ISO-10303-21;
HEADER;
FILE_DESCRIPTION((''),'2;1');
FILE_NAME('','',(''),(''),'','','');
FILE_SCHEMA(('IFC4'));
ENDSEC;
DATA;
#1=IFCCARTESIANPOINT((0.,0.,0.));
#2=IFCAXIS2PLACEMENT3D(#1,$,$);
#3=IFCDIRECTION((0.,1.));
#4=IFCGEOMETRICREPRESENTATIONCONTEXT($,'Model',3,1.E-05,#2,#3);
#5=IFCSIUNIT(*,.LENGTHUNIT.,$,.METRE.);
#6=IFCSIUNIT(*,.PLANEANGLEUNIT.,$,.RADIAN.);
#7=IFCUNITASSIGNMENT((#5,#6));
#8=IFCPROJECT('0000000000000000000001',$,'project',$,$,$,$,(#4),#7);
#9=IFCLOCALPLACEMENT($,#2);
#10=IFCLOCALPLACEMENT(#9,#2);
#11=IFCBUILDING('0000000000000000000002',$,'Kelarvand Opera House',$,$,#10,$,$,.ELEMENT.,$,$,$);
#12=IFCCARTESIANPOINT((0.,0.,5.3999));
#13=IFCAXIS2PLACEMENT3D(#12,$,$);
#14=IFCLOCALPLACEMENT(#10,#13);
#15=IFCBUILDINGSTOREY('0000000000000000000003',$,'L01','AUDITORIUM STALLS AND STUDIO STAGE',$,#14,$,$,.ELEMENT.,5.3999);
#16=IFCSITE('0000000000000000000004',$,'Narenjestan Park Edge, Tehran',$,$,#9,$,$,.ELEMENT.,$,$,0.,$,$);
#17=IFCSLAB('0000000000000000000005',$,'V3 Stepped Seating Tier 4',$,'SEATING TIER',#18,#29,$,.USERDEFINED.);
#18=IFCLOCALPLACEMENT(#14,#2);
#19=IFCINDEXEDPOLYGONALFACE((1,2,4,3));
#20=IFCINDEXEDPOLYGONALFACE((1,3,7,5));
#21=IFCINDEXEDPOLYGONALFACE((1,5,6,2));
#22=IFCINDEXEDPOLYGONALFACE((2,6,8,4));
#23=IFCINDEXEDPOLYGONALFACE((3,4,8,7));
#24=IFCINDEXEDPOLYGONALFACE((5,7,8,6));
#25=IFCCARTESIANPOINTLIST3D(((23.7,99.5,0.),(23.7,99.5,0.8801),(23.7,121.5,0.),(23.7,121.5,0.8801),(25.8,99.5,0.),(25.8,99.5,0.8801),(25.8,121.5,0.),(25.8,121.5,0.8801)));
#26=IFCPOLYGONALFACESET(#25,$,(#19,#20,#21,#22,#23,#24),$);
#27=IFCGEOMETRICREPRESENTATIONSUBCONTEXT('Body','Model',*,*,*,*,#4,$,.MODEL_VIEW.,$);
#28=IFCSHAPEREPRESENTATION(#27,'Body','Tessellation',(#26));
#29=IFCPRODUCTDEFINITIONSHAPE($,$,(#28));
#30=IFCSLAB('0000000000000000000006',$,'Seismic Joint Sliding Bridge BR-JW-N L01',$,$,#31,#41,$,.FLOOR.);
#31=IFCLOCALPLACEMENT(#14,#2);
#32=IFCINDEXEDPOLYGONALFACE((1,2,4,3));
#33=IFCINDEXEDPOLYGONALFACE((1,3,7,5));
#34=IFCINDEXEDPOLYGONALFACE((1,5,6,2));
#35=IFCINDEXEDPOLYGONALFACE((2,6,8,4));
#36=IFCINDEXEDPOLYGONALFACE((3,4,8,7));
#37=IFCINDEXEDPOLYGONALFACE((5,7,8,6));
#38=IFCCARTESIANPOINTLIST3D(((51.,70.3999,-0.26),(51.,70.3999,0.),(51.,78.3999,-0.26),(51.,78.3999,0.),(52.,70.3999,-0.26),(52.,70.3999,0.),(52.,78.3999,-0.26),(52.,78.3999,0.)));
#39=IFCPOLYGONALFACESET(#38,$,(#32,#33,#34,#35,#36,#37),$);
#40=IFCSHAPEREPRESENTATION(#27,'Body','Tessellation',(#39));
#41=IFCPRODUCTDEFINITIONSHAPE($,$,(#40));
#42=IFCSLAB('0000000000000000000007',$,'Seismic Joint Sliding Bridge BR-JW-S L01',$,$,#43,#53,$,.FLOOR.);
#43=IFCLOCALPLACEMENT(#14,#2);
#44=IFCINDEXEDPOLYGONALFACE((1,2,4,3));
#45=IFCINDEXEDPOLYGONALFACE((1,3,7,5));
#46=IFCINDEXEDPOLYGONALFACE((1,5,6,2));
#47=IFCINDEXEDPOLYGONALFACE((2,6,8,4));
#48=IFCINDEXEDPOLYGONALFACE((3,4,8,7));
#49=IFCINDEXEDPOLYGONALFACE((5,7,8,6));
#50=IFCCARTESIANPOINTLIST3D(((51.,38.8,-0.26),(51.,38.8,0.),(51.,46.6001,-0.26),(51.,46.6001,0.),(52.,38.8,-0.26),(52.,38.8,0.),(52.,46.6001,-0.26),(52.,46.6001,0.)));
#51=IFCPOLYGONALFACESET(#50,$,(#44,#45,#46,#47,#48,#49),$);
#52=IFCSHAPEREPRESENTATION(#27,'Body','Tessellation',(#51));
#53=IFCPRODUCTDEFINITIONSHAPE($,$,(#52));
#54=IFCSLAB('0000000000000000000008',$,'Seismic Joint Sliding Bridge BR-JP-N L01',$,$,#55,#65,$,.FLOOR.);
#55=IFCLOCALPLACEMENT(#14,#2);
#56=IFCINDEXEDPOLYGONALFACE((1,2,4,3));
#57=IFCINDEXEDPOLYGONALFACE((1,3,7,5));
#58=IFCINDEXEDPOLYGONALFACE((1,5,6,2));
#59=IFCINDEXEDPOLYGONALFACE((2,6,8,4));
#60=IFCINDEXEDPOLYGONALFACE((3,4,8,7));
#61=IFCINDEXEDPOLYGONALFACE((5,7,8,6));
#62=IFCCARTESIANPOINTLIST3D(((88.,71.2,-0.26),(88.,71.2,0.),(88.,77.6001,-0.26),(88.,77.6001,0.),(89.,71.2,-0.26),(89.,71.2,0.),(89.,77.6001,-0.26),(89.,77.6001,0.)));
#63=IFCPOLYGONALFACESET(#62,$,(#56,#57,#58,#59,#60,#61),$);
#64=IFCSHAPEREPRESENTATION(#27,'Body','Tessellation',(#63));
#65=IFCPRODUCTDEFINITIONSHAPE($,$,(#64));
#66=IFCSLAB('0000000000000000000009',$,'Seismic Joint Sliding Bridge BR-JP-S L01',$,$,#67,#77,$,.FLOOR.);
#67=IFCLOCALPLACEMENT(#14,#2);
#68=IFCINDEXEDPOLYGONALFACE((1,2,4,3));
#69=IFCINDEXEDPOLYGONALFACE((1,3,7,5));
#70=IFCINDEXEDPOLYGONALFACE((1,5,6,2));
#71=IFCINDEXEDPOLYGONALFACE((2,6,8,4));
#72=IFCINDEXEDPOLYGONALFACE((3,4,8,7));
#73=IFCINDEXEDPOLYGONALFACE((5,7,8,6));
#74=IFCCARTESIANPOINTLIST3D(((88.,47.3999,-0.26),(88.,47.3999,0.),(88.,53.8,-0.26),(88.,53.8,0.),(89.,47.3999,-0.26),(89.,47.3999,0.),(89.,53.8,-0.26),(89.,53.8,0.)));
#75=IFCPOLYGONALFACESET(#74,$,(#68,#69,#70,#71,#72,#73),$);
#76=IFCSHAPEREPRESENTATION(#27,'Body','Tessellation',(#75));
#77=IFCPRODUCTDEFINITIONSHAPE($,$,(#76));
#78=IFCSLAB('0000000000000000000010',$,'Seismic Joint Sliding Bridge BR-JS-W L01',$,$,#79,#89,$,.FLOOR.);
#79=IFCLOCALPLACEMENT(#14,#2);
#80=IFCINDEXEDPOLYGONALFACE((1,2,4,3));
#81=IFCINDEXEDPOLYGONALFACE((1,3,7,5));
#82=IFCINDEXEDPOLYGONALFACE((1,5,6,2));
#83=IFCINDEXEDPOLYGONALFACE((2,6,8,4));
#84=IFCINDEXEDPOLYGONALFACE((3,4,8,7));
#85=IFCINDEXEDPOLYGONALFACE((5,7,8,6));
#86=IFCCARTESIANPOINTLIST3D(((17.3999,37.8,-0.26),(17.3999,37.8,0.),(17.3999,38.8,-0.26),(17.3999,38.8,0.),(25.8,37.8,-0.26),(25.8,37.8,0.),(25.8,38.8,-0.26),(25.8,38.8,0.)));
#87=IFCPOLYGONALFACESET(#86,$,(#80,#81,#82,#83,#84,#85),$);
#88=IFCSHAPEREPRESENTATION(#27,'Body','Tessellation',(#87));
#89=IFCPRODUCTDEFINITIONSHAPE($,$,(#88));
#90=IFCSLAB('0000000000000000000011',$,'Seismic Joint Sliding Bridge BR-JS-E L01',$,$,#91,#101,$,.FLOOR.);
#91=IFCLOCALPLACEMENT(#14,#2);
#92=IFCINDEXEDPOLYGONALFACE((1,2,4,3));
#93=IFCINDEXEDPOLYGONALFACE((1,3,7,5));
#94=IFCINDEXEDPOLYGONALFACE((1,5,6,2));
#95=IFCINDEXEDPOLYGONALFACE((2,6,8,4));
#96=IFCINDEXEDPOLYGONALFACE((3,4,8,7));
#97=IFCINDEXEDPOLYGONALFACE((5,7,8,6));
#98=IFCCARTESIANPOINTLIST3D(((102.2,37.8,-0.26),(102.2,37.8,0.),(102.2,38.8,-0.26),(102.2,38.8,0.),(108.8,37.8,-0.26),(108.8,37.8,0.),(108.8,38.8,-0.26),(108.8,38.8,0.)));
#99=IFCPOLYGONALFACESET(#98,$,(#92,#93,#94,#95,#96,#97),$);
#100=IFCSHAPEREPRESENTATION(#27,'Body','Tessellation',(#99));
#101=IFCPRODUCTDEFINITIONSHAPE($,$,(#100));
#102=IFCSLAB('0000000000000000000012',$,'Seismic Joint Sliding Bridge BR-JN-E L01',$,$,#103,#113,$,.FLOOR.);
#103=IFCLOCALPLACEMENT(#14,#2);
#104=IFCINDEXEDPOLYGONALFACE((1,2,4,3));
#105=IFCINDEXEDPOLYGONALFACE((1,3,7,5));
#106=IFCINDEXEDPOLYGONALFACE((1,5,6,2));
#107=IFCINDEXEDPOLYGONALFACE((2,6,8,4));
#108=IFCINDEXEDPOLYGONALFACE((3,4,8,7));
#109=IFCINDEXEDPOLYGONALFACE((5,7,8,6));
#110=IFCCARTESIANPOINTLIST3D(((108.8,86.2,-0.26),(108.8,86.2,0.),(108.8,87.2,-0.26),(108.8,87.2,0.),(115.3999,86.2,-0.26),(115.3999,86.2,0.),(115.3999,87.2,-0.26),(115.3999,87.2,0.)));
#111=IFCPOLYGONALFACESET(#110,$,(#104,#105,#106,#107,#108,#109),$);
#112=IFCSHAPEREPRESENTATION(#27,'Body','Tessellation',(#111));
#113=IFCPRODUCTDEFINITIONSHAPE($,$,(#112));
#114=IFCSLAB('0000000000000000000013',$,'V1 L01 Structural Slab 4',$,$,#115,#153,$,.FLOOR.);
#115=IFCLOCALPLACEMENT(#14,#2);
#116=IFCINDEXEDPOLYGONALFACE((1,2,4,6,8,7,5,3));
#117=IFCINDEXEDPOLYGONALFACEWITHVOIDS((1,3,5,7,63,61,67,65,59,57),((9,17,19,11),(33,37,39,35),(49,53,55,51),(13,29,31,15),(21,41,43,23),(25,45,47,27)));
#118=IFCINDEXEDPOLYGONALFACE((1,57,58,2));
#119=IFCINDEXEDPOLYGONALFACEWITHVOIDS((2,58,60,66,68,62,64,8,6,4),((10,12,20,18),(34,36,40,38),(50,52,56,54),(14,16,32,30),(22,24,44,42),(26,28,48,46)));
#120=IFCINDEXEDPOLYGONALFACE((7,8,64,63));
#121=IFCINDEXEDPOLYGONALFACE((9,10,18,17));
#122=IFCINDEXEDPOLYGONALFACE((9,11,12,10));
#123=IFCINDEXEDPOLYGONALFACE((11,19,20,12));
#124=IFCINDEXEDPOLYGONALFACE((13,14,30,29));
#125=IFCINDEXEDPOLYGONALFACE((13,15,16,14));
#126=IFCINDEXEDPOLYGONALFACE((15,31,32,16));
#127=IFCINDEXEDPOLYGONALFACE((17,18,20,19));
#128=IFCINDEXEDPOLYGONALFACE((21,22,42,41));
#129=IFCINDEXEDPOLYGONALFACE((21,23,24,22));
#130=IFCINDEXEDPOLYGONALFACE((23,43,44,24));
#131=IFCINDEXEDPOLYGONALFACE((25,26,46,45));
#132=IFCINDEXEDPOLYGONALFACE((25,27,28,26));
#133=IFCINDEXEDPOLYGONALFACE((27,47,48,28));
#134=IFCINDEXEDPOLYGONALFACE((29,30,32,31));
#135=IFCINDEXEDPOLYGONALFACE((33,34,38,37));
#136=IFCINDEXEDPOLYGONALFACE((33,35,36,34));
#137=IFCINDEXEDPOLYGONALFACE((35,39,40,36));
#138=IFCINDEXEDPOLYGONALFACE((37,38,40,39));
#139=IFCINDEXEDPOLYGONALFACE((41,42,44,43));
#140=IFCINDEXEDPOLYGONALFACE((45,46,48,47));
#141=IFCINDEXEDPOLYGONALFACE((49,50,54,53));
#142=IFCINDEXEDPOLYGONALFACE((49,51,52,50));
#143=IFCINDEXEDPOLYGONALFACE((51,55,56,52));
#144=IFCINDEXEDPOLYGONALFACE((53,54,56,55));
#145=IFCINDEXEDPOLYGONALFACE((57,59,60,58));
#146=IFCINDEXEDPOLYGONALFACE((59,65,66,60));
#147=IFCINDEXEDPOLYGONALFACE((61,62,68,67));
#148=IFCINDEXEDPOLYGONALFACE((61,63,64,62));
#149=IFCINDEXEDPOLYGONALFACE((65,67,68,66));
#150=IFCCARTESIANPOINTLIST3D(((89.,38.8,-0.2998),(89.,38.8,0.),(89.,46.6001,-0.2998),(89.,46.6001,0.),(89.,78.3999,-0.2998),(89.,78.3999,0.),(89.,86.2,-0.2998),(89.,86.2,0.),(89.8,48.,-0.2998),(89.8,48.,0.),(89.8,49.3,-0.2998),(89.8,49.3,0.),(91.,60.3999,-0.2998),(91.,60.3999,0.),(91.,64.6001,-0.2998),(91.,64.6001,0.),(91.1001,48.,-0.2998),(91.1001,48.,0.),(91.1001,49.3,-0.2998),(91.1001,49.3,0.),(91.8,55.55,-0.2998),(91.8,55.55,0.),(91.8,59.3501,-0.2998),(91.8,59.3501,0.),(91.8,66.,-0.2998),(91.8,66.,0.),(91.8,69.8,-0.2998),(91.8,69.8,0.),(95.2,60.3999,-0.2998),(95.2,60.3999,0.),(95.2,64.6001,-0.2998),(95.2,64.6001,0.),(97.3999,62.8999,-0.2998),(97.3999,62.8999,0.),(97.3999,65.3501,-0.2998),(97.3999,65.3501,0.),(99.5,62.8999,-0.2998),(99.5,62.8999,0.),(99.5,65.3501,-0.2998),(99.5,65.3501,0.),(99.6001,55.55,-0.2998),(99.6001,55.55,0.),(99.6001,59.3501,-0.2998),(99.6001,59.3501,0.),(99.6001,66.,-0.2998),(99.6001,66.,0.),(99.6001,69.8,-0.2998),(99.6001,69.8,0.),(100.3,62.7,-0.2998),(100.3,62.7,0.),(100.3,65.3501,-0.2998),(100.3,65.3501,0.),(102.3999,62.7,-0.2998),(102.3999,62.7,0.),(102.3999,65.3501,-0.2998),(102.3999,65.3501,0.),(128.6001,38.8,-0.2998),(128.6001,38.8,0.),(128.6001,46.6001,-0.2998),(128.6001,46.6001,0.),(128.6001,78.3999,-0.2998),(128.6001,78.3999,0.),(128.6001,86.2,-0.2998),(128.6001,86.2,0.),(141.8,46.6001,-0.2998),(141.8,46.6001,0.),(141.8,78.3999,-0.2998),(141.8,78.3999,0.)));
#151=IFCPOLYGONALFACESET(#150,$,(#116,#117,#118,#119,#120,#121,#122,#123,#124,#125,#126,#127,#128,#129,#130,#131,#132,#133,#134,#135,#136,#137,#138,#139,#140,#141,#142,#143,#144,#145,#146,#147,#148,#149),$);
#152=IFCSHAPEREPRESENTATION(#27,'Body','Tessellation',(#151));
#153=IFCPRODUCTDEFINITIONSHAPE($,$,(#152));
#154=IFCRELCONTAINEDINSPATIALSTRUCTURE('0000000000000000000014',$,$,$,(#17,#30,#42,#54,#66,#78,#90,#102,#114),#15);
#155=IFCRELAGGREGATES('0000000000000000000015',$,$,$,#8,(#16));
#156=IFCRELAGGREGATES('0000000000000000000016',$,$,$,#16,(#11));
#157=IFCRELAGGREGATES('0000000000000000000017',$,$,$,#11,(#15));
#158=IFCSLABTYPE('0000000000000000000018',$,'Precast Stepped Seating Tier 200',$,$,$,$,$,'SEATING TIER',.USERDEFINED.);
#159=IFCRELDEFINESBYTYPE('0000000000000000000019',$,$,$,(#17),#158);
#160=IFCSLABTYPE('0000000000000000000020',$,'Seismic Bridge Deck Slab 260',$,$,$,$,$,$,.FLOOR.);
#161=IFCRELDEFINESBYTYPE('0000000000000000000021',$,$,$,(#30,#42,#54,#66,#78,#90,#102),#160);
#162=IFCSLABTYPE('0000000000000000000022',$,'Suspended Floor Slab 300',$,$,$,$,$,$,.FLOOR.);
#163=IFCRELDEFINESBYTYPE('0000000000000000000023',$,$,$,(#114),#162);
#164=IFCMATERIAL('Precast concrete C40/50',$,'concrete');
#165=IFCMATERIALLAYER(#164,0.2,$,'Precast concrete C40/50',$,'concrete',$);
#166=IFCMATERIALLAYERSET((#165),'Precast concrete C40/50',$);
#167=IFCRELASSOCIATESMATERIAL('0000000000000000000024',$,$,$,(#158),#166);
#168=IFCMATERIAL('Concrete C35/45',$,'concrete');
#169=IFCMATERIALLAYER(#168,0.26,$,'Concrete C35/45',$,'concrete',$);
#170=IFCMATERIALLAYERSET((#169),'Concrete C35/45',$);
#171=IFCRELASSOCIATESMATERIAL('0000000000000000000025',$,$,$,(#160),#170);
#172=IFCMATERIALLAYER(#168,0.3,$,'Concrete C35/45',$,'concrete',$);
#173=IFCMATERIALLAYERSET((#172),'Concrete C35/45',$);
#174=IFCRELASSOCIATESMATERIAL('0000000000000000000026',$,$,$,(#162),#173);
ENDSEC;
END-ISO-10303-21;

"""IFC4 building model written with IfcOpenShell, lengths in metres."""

from ifc_helpers import new_model, si_unit, direction, frame, origin, place, context, subcontext, project, spatial, polyline, outline, extrude, material, layer, layer_set, type_object, element, save


model = new_model("IFC4")

# Units and contexts
model_context = context("Model", 3, precision=1e-05, world=origin(), true_north=direction((0.0, 1.0)))
body_context = subcontext(model_context, "Body", "Model", "MODEL_VIEW")
ifc_project = project(units=[si_unit("LENGTHUNIT", "METRE"), si_unit("PLANEANGLEUNIT", "RADIAN")], contexts=[model_context])

# Site, building, storey
site_placement = place(None, origin())
site = spatial("IfcSite", under=ifc_project, at=site_placement, Name="Narenjestan Park Edge, Tehran", CompositionType="ELEMENT", RefElevation=0.0)
building_placement = place(site_placement, origin())
building = spatial("IfcBuilding", under=site, at=building_placement, Name="Kelarvand Opera House", CompositionType="ELEMENT")
storey_placement = place(building_placement, frame((0.0, 0.0, 5.3999)))
storey = spatial("IfcBuildingStorey", under=building, at=storey_placement, Name="L01", Description="AUDITORIUM STALLS AND STUDIO STAGE", CompositionType="ELEMENT", Elevation=5.3999)

# Shared definitions
ifc_material_1 = material(Name="Concrete C35/45", Category="concrete")

# Slabs
ifc_material_2 = material(Name="Precast concrete C40/50", Category="concrete")
ifc_layer_1 = layer(ifc_material_2, 0.2, Name="Precast concrete C40/50", Category="concrete")
ifc_layer_set_1 = layer_set([ifc_layer_1], Name="Precast concrete C40/50")
slab_type_1 = type_object("IfcSlabType", Name="Precast Stepped Seating Tier 200", ElementType="SEATING TIER", PredefinedType="USERDEFINED", material=ifc_layer_set_1)
slab_1_placement = place(storey_placement, origin())
element("IfcSlab", 1, at=slab_1_placement, inside=storey, type_object=slab_type_1, Name="V3 Stepped Seating Tier 4", ObjectType="SEATING TIER", PredefinedType="USERDEFINED", context=body_context, shape_type="SweptSolid", body=[
    extrude(outline(polyline([(23.7, 99.5), (25.8, 99.5), (25.8, 121.5), (23.7, 121.5), (23.7, 99.5)])), origin(), (0.0, 0.0, 1.0), 0.8801),
])
ifc_layer_2 = layer(ifc_material_1, 0.26, Name="Concrete C35/45", Category="concrete")
ifc_layer_set_2 = layer_set([ifc_layer_2], Name="Concrete C35/45")
slab_type_2 = type_object("IfcSlabType", Name="Seismic Bridge Deck Slab 260", PredefinedType="FLOOR", material=ifc_layer_set_2)
slab_2_placement = place(storey_placement, frame((0.0, 0.0, -0.26)))
element("IfcSlab", 2, at=slab_2_placement, inside=storey, type_object=slab_type_2, Name="Seismic Joint Sliding Bridge BR-JW-N L01", PredefinedType="FLOOR", context=body_context, shape_type="SweptSolid", body=[
    extrude(outline(polyline([(51.0, 70.3999), (52.0, 70.3999), (52.0, 78.3999), (51.0, 78.3999), (51.0, 70.3999)])), origin(), (0.0, 0.0, 1.0), 0.26),
])
slab_3_placement = place(storey_placement, frame((0.0, 0.0, -0.26)))
element("IfcSlab", 3, at=slab_3_placement, inside=storey, type_object=slab_type_2, Name="Seismic Joint Sliding Bridge BR-JW-S L01", PredefinedType="FLOOR", context=body_context, shape_type="SweptSolid", body=[
    extrude(outline(polyline([(51.0, 38.8), (52.0, 38.8), (52.0, 46.6001), (51.0, 46.6001), (51.0, 38.8)])), origin(), (0.0, 0.0, 1.0), 0.26),
])
slab_4_placement = place(storey_placement, frame((0.0, 0.0, -0.26)))
element("IfcSlab", 4, at=slab_4_placement, inside=storey, type_object=slab_type_2, Name="Seismic Joint Sliding Bridge BR-JP-N L01", PredefinedType="FLOOR", context=body_context, shape_type="SweptSolid", body=[
    extrude(outline(polyline([(88.0, 71.2), (89.0, 71.2), (89.0, 77.6001), (88.0, 77.6001), (88.0, 71.2)])), origin(), (0.0, 0.0, 1.0), 0.26),
])
slab_5_placement = place(storey_placement, frame((0.0, 0.0, -0.26)))
element("IfcSlab", 5, at=slab_5_placement, inside=storey, type_object=slab_type_2, Name="Seismic Joint Sliding Bridge BR-JP-S L01", PredefinedType="FLOOR", context=body_context, shape_type="SweptSolid", body=[
    extrude(outline(polyline([(88.0, 47.3999), (89.0, 47.3999), (89.0, 53.8), (88.0, 53.8), (88.0, 47.3999)])), origin(), (0.0, 0.0, 1.0), 0.26),
])
slab_6_placement = place(storey_placement, frame((0.0, 0.0, -0.26)))
element("IfcSlab", 6, at=slab_6_placement, inside=storey, type_object=slab_type_2, Name="Seismic Joint Sliding Bridge BR-JS-W L01", PredefinedType="FLOOR", context=body_context, shape_type="SweptSolid", body=[
    extrude(outline(polyline([(17.3999, 37.8), (25.8, 37.8), (25.8, 38.8), (17.3999, 38.8), (17.3999, 37.8)])), origin(), (0.0, 0.0, 1.0), 0.26),
])
slab_7_placement = place(storey_placement, frame((0.0, 0.0, -0.26)))
element("IfcSlab", 7, at=slab_7_placement, inside=storey, type_object=slab_type_2, Name="Seismic Joint Sliding Bridge BR-JS-E L01", PredefinedType="FLOOR", context=body_context, shape_type="SweptSolid", body=[
    extrude(outline(polyline([(102.2, 37.8), (108.8, 37.8), (108.8, 38.8), (102.2, 38.8), (102.2, 37.8)])), origin(), (0.0, 0.0, 1.0), 0.26),
])
slab_8_placement = place(storey_placement, frame((0.0, 0.0, -0.26)))
element("IfcSlab", 8, at=slab_8_placement, inside=storey, type_object=slab_type_2, Name="Seismic Joint Sliding Bridge BR-JN-E L01", PredefinedType="FLOOR", context=body_context, shape_type="SweptSolid", body=[
    extrude(outline(polyline([(108.8, 86.2), (115.3999, 86.2), (115.3999, 87.2), (108.8, 87.2), (108.8, 86.2)])), origin(), (0.0, 0.0, 1.0), 0.26),
])
ifc_layer_3 = layer(ifc_material_1, 0.3, Name="Concrete C35/45", Category="concrete")
ifc_layer_set_3 = layer_set([ifc_layer_3], Name="Concrete C35/45")
slab_type_3 = type_object("IfcSlabType", Name="Suspended Floor Slab 300", PredefinedType="FLOOR", material=ifc_layer_set_3)
slab_9_placement = place(storey_placement, frame((0.0, 0.0, -0.2998)))
element("IfcSlab", 9, at=slab_9_placement, inside=storey, type_object=slab_type_3, Name="V1 L01 Structural Slab 4", PredefinedType="FLOOR", context=body_context, shape_type="SweptSolid", body=[
    extrude(outline(polyline([(128.6001, 38.8), (89.0, 38.8), (89.0, 46.6001), (89.0, 78.3999), (89.0, 86.2), (128.6001, 86.2), (128.6001, 78.3999), (141.8, 78.3999), (141.8, 46.6001), (128.6001, 46.6001), (128.6001, 38.8)]), holes=[polyline([(89.8, 49.3), (91.1001, 49.3), (91.1001, 48.0), (89.8, 48.0), (89.8, 49.3)]), polyline([(99.6001, 59.3501), (99.6001, 55.55), (91.8, 55.55), (91.8, 59.3501), (99.6001, 59.3501)]), polyline([(95.2, 64.6001), (95.2, 60.3999), (91.0, 60.3999), (91.0, 64.6001), (95.2, 64.6001)]), polyline([(100.3, 65.3501), (102.3999, 65.3501), (102.3999, 62.7), (100.3, 62.7), (100.3, 65.3501)]), polyline([(99.5, 65.3501), (99.5, 62.8999), (97.3999, 62.8999), (97.3999, 65.3501), (99.5, 65.3501)]), polyline([(99.6001, 69.8), (99.6001, 66.0), (91.8, 66.0), (91.8, 69.8), (99.6001, 69.8)])]), origin(), (0.0, 0.0, 1.0), 0.2998),
])

save(model, "model.ifc")
